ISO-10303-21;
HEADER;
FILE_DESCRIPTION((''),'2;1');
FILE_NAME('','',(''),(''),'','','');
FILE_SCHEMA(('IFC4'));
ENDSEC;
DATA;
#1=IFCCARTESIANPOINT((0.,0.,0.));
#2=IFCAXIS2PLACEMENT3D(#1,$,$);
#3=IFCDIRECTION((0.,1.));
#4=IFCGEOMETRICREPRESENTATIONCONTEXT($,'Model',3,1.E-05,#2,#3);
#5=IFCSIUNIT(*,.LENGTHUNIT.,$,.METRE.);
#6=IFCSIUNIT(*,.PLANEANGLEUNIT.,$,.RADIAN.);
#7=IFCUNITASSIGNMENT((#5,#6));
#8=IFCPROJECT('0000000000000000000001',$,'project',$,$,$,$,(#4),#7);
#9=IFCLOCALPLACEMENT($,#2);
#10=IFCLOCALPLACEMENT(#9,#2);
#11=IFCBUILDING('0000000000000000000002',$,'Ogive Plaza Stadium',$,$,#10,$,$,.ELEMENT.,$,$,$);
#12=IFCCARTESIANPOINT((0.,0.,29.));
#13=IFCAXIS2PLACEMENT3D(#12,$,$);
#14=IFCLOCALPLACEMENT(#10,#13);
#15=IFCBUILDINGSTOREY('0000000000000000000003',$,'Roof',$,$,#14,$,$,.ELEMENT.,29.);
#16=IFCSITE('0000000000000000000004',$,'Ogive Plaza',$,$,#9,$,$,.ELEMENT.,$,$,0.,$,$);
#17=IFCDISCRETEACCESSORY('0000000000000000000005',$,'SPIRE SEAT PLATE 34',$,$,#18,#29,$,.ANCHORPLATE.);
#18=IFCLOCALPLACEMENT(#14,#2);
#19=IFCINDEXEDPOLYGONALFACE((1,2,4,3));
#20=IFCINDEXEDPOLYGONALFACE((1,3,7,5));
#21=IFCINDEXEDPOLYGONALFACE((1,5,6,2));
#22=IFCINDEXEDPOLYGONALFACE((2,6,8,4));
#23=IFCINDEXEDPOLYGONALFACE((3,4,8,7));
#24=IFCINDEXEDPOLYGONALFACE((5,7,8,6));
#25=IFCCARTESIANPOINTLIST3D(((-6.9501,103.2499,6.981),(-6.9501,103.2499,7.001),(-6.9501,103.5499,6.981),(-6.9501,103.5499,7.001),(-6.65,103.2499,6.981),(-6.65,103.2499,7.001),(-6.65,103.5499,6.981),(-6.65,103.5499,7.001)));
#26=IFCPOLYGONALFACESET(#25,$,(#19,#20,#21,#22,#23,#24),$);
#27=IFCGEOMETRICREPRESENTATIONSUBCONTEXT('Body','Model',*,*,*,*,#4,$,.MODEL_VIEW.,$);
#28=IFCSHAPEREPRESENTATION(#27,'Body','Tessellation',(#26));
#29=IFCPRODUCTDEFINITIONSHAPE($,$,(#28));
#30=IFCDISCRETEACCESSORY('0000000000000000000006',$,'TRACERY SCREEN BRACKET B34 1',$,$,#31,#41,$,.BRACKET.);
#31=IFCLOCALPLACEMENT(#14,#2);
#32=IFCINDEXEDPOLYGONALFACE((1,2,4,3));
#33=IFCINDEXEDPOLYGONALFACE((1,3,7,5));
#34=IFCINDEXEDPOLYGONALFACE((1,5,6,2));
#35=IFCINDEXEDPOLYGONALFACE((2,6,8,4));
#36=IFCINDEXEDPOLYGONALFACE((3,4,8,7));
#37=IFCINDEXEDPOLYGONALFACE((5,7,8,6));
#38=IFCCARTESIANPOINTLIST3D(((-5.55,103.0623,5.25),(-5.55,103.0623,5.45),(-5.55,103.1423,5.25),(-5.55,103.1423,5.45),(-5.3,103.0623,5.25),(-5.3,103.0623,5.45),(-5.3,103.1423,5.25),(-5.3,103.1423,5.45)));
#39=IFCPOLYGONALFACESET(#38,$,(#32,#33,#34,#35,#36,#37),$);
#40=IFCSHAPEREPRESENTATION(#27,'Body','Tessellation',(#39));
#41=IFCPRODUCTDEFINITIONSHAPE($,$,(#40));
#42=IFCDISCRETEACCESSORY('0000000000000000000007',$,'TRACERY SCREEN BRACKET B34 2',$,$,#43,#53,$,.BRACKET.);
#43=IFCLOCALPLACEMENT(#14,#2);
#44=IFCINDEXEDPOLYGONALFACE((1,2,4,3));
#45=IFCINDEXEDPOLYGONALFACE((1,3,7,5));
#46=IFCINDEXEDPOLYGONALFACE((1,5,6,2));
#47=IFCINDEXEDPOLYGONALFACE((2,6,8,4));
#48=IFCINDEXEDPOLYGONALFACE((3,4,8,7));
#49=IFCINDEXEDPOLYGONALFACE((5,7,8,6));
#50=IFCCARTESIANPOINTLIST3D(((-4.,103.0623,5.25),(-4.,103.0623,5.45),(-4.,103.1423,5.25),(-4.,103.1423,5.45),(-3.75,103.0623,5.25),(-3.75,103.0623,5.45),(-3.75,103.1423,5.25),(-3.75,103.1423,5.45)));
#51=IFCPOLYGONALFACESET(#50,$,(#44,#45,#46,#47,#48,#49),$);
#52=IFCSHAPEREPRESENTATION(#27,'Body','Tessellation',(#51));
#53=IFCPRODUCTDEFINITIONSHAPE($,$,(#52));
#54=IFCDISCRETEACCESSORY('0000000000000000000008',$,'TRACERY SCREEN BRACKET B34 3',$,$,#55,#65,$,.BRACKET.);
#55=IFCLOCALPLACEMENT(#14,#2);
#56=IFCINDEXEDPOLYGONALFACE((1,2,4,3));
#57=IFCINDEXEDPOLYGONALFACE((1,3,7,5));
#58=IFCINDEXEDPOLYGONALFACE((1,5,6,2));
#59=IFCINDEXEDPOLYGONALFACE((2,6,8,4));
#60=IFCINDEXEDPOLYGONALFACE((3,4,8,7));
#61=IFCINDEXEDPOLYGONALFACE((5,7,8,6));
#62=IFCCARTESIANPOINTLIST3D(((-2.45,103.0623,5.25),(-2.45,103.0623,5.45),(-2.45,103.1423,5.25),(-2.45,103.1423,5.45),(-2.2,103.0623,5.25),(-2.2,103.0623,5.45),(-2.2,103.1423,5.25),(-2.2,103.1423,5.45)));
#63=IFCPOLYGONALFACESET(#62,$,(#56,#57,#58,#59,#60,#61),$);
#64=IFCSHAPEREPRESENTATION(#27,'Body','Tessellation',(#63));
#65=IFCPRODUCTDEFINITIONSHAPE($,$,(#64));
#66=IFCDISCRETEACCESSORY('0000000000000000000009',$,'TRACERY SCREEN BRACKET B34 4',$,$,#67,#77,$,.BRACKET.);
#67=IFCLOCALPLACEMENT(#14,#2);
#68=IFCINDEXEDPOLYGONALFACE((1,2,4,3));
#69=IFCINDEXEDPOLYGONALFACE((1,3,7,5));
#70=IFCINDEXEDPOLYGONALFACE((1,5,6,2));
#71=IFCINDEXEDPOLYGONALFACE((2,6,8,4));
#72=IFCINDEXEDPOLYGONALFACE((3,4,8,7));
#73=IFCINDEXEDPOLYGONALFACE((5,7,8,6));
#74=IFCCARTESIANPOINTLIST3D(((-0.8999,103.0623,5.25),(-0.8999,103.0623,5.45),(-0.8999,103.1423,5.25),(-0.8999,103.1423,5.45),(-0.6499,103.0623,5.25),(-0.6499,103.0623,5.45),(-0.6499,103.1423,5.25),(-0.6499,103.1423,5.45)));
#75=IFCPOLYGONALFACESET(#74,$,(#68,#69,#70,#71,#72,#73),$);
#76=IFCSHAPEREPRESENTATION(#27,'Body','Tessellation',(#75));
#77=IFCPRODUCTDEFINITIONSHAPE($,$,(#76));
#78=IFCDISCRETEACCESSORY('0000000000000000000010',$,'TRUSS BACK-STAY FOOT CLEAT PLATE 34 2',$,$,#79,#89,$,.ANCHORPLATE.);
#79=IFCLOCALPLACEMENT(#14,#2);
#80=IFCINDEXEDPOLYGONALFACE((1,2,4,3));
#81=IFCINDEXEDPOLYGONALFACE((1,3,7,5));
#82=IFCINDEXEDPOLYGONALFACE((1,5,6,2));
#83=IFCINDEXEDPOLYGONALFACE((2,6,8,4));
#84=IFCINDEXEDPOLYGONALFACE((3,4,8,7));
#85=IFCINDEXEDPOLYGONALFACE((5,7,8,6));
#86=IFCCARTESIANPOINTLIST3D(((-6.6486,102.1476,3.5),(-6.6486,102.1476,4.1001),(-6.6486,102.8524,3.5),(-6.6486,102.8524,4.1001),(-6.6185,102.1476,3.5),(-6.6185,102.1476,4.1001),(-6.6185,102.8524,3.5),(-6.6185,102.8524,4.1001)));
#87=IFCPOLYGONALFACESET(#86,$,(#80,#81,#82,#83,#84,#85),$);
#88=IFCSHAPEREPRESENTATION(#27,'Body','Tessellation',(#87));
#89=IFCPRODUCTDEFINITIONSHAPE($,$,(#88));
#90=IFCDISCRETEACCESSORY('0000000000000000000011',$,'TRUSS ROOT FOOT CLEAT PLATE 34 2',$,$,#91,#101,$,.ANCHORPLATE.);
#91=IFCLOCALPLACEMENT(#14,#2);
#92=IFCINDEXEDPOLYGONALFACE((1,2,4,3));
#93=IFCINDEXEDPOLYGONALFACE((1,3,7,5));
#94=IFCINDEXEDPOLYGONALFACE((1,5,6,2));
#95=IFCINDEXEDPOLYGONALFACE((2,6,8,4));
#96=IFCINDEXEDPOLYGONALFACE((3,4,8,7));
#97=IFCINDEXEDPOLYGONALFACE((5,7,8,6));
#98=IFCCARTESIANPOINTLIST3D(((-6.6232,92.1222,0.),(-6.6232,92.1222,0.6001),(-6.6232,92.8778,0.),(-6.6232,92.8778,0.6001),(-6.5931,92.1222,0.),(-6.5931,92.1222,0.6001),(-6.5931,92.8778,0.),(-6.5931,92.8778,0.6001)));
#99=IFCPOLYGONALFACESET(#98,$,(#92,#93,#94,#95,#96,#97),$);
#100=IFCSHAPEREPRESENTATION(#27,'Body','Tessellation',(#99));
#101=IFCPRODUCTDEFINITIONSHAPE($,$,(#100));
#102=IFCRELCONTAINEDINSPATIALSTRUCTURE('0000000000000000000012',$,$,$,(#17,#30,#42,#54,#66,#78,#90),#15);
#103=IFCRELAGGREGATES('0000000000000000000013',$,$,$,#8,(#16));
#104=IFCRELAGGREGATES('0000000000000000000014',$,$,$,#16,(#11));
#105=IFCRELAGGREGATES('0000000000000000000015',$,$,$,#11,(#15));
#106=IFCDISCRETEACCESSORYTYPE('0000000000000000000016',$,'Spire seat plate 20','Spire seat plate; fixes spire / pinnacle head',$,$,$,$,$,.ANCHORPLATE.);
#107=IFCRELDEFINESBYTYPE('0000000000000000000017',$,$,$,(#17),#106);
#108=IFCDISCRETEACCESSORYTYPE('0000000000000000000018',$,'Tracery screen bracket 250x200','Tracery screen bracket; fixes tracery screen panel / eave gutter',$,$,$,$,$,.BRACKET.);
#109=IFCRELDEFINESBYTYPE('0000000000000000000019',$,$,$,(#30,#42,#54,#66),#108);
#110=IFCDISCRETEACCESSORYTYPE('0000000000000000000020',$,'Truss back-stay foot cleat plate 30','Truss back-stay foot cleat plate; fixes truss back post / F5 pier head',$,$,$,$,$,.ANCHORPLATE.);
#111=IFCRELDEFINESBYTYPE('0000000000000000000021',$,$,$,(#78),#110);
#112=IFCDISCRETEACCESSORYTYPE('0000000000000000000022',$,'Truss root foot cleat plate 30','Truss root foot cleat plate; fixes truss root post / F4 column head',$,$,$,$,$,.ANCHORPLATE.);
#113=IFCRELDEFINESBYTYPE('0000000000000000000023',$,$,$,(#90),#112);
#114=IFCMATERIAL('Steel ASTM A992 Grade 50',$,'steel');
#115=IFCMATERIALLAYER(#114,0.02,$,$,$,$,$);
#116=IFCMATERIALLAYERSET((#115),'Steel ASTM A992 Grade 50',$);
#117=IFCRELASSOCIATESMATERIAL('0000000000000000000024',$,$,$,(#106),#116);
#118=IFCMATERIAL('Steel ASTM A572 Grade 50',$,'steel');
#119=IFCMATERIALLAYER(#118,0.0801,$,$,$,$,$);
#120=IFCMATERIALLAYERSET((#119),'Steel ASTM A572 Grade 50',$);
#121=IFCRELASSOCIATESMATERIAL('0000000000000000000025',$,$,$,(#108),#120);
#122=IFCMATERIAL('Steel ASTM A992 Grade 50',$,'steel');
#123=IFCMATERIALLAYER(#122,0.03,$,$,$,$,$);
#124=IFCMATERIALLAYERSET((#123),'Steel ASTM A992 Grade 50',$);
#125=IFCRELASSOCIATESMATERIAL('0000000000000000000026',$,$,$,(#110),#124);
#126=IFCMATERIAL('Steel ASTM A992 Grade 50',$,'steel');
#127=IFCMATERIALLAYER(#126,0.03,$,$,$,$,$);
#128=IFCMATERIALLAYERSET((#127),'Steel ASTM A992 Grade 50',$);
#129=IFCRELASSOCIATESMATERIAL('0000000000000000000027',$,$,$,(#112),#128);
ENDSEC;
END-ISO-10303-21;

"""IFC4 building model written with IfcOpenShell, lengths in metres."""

from ifc_helpers import new_model, si_unit, direction, frame, origin, origin_2d, place, context, subcontext, project, spatial, rectangle, extrude, material, layer, layer_set, type_object, element, save


model = new_model("IFC4")

# Units and contexts
model_context = context("Model", 3, precision=1e-05, world=origin(), true_north=direction((0.0, 1.0)))
body_context = subcontext(model_context, "Body", "Model", "MODEL_VIEW")
ifc_project = project(units=[si_unit("LENGTHUNIT", "METRE"), si_unit("PLANEANGLEUNIT", "RADIAN")], contexts=[model_context])

# Site, building, storey
site_placement = place(None, origin())
site = spatial("IfcSite", under=ifc_project, at=site_placement, Name="Ogive Plaza", CompositionType="ELEMENT", RefElevation=0.0)
building_placement = place(site_placement, origin())
building = spatial("IfcBuilding", under=site, at=building_placement, Name="Ogive Plaza Stadium", CompositionType="ELEMENT")
storey_placement = place(building_placement, frame((0.0, 0.0, 29.0)))
storey = spatial("IfcBuildingStorey", under=building, at=storey_placement, Name="Roof", CompositionType="ELEMENT", Elevation=29.0)

# Discrete accessories
ifc_material_1 = material(Name="Steel ASTM A992 Grade 50", Category="steel")
ifc_layer_1 = layer(ifc_material_1, 0.02)
ifc_layer_set_1 = layer_set([ifc_layer_1], Name="Steel ASTM A992 Grade 50")
discrete_accessory_type_1 = type_object("IfcDiscreteAccessoryType", Name="Spire seat plate 20", Description="Spire seat plate; fixes spire / pinnacle head", PredefinedType="ANCHORPLATE", material=ifc_layer_set_1)
discrete_accessory_1_placement = place(storey_placement, frame((-6.8, 103.3999, 6.981), z_axis=(0.0, 0.0, 1.0), x_axis=(0.0, 1.0, 0.0)))
element("IfcDiscreteAccessory", 1, at=discrete_accessory_1_placement, inside=storey, type_object=discrete_accessory_type_1, Name="SPIRE SEAT PLATE 34", PredefinedType="ANCHORPLATE", context=body_context, shape_type="SweptSolid", body=[
    extrude(rectangle(XDim=0.3, YDim=0.3, at=origin_2d()), origin(), (0.0, 0.0, 1.0), 0.02),
])
ifc_material_2 = material(Name="Steel ASTM A572 Grade 50", Category="steel")
ifc_layer_2 = layer(ifc_material_2, 0.0801)
ifc_layer_set_2 = layer_set([ifc_layer_2], Name="Steel ASTM A572 Grade 50")
discrete_accessory_type_2 = type_object("IfcDiscreteAccessoryType", Name="Tracery screen bracket 250x200", Description="Tracery screen bracket; fixes tracery screen panel / eave gutter", PredefinedType="BRACKET", material=ifc_layer_set_2)
for number, where, z_axis, x_axis, name in (
    (2, (-5.425, 103.1023, 5.25), (0.0, 0.0, 1.0), (1.0, 0.0, 0.0), "TRACERY SCREEN BRACKET B34 1"),
    (3, (-3.875, 103.1023, 5.25), (0.0, 0.0, 1.0), (1.0, 0.0, 0.0), "TRACERY SCREEN BRACKET B34 2"),
    (4, (-2.325, 103.1023, 5.25), (0.0, 0.0, 1.0), (1.0, 0.0, 0.0), "TRACERY SCREEN BRACKET B34 3"),
    (5, (-0.7749, 103.1023, 5.25), (0.0, 0.0, 1.0), (1.0, 0.0, 0.0), "TRACERY SCREEN BRACKET B34 4"),
):
    element("IfcDiscreteAccessory", number, at=place(storey_placement, frame(where, z_axis=z_axis, x_axis=x_axis)), inside=storey, type_object=discrete_accessory_type_2, Name=name, PredefinedType="BRACKET", context=body_context, shape_type="SweptSolid", body=[
        extrude(rectangle(XDim=0.25, YDim=0.0801, at=origin_2d()), origin(), (0.0, 0.0, 1.0), 0.2),
    ])
ifc_material_3 = material(Name="Steel ASTM A992 Grade 50", Category="steel")
ifc_layer_3 = layer(ifc_material_3, 0.03)
ifc_layer_set_3 = layer_set([ifc_layer_3], Name="Steel ASTM A992 Grade 50")
discrete_accessory_type_3 = type_object("IfcDiscreteAccessoryType", Name="Truss back-stay foot cleat plate 30", Description="Truss back-stay foot cleat plate; fixes truss back post / F5 pier head", PredefinedType="ANCHORPLATE", material=ifc_layer_set_3)
discrete_accessory_2_placement = place(storey_placement, frame((-6.6335, 102.5, 3.5), z_axis=(0.0, 0.0, 1.0), x_axis=(0.0, 1.0, 0.0)))
element("IfcDiscreteAccessory", 6, at=discrete_accessory_2_placement, inside=storey, type_object=discrete_accessory_type_3, Name="TRUSS BACK-STAY FOOT CLEAT PLATE 34 2", PredefinedType="ANCHORPLATE", context=body_context, shape_type="SweptSolid", body=[
    extrude(rectangle(XDim=0.7048, YDim=0.03, at=origin_2d()), origin(), (0.0, 0.0, 1.0), 0.6001),
])
ifc_material_4 = material(Name="Steel ASTM A992 Grade 50", Category="steel")
ifc_layer_4 = layer(ifc_material_4, 0.03)
ifc_layer_set_4 = layer_set([ifc_layer_4], Name="Steel ASTM A992 Grade 50")
discrete_accessory_type_4 = type_object("IfcDiscreteAccessoryType", Name="Truss root foot cleat plate 30", Description="Truss root foot cleat plate; fixes truss root post / F4 column head", PredefinedType="ANCHORPLATE", material=ifc_layer_set_4)
discrete_accessory_3_placement = place(storey_placement, frame((-6.6082, 92.5, 0.0), z_axis=(0.0, 0.0, 1.0), x_axis=(0.0, 1.0, 0.0)))
element("IfcDiscreteAccessory", 7, at=discrete_accessory_3_placement, inside=storey, type_object=discrete_accessory_type_4, Name="TRUSS ROOT FOOT CLEAT PLATE 34 2", PredefinedType="ANCHORPLATE", context=body_context, shape_type="SweptSolid", body=[
    extrude(rectangle(XDim=0.7556, YDim=0.03, at=origin_2d()), origin(), (0.0, 0.0, 1.0), 0.6001),
])

save(model, "model.ifc")
